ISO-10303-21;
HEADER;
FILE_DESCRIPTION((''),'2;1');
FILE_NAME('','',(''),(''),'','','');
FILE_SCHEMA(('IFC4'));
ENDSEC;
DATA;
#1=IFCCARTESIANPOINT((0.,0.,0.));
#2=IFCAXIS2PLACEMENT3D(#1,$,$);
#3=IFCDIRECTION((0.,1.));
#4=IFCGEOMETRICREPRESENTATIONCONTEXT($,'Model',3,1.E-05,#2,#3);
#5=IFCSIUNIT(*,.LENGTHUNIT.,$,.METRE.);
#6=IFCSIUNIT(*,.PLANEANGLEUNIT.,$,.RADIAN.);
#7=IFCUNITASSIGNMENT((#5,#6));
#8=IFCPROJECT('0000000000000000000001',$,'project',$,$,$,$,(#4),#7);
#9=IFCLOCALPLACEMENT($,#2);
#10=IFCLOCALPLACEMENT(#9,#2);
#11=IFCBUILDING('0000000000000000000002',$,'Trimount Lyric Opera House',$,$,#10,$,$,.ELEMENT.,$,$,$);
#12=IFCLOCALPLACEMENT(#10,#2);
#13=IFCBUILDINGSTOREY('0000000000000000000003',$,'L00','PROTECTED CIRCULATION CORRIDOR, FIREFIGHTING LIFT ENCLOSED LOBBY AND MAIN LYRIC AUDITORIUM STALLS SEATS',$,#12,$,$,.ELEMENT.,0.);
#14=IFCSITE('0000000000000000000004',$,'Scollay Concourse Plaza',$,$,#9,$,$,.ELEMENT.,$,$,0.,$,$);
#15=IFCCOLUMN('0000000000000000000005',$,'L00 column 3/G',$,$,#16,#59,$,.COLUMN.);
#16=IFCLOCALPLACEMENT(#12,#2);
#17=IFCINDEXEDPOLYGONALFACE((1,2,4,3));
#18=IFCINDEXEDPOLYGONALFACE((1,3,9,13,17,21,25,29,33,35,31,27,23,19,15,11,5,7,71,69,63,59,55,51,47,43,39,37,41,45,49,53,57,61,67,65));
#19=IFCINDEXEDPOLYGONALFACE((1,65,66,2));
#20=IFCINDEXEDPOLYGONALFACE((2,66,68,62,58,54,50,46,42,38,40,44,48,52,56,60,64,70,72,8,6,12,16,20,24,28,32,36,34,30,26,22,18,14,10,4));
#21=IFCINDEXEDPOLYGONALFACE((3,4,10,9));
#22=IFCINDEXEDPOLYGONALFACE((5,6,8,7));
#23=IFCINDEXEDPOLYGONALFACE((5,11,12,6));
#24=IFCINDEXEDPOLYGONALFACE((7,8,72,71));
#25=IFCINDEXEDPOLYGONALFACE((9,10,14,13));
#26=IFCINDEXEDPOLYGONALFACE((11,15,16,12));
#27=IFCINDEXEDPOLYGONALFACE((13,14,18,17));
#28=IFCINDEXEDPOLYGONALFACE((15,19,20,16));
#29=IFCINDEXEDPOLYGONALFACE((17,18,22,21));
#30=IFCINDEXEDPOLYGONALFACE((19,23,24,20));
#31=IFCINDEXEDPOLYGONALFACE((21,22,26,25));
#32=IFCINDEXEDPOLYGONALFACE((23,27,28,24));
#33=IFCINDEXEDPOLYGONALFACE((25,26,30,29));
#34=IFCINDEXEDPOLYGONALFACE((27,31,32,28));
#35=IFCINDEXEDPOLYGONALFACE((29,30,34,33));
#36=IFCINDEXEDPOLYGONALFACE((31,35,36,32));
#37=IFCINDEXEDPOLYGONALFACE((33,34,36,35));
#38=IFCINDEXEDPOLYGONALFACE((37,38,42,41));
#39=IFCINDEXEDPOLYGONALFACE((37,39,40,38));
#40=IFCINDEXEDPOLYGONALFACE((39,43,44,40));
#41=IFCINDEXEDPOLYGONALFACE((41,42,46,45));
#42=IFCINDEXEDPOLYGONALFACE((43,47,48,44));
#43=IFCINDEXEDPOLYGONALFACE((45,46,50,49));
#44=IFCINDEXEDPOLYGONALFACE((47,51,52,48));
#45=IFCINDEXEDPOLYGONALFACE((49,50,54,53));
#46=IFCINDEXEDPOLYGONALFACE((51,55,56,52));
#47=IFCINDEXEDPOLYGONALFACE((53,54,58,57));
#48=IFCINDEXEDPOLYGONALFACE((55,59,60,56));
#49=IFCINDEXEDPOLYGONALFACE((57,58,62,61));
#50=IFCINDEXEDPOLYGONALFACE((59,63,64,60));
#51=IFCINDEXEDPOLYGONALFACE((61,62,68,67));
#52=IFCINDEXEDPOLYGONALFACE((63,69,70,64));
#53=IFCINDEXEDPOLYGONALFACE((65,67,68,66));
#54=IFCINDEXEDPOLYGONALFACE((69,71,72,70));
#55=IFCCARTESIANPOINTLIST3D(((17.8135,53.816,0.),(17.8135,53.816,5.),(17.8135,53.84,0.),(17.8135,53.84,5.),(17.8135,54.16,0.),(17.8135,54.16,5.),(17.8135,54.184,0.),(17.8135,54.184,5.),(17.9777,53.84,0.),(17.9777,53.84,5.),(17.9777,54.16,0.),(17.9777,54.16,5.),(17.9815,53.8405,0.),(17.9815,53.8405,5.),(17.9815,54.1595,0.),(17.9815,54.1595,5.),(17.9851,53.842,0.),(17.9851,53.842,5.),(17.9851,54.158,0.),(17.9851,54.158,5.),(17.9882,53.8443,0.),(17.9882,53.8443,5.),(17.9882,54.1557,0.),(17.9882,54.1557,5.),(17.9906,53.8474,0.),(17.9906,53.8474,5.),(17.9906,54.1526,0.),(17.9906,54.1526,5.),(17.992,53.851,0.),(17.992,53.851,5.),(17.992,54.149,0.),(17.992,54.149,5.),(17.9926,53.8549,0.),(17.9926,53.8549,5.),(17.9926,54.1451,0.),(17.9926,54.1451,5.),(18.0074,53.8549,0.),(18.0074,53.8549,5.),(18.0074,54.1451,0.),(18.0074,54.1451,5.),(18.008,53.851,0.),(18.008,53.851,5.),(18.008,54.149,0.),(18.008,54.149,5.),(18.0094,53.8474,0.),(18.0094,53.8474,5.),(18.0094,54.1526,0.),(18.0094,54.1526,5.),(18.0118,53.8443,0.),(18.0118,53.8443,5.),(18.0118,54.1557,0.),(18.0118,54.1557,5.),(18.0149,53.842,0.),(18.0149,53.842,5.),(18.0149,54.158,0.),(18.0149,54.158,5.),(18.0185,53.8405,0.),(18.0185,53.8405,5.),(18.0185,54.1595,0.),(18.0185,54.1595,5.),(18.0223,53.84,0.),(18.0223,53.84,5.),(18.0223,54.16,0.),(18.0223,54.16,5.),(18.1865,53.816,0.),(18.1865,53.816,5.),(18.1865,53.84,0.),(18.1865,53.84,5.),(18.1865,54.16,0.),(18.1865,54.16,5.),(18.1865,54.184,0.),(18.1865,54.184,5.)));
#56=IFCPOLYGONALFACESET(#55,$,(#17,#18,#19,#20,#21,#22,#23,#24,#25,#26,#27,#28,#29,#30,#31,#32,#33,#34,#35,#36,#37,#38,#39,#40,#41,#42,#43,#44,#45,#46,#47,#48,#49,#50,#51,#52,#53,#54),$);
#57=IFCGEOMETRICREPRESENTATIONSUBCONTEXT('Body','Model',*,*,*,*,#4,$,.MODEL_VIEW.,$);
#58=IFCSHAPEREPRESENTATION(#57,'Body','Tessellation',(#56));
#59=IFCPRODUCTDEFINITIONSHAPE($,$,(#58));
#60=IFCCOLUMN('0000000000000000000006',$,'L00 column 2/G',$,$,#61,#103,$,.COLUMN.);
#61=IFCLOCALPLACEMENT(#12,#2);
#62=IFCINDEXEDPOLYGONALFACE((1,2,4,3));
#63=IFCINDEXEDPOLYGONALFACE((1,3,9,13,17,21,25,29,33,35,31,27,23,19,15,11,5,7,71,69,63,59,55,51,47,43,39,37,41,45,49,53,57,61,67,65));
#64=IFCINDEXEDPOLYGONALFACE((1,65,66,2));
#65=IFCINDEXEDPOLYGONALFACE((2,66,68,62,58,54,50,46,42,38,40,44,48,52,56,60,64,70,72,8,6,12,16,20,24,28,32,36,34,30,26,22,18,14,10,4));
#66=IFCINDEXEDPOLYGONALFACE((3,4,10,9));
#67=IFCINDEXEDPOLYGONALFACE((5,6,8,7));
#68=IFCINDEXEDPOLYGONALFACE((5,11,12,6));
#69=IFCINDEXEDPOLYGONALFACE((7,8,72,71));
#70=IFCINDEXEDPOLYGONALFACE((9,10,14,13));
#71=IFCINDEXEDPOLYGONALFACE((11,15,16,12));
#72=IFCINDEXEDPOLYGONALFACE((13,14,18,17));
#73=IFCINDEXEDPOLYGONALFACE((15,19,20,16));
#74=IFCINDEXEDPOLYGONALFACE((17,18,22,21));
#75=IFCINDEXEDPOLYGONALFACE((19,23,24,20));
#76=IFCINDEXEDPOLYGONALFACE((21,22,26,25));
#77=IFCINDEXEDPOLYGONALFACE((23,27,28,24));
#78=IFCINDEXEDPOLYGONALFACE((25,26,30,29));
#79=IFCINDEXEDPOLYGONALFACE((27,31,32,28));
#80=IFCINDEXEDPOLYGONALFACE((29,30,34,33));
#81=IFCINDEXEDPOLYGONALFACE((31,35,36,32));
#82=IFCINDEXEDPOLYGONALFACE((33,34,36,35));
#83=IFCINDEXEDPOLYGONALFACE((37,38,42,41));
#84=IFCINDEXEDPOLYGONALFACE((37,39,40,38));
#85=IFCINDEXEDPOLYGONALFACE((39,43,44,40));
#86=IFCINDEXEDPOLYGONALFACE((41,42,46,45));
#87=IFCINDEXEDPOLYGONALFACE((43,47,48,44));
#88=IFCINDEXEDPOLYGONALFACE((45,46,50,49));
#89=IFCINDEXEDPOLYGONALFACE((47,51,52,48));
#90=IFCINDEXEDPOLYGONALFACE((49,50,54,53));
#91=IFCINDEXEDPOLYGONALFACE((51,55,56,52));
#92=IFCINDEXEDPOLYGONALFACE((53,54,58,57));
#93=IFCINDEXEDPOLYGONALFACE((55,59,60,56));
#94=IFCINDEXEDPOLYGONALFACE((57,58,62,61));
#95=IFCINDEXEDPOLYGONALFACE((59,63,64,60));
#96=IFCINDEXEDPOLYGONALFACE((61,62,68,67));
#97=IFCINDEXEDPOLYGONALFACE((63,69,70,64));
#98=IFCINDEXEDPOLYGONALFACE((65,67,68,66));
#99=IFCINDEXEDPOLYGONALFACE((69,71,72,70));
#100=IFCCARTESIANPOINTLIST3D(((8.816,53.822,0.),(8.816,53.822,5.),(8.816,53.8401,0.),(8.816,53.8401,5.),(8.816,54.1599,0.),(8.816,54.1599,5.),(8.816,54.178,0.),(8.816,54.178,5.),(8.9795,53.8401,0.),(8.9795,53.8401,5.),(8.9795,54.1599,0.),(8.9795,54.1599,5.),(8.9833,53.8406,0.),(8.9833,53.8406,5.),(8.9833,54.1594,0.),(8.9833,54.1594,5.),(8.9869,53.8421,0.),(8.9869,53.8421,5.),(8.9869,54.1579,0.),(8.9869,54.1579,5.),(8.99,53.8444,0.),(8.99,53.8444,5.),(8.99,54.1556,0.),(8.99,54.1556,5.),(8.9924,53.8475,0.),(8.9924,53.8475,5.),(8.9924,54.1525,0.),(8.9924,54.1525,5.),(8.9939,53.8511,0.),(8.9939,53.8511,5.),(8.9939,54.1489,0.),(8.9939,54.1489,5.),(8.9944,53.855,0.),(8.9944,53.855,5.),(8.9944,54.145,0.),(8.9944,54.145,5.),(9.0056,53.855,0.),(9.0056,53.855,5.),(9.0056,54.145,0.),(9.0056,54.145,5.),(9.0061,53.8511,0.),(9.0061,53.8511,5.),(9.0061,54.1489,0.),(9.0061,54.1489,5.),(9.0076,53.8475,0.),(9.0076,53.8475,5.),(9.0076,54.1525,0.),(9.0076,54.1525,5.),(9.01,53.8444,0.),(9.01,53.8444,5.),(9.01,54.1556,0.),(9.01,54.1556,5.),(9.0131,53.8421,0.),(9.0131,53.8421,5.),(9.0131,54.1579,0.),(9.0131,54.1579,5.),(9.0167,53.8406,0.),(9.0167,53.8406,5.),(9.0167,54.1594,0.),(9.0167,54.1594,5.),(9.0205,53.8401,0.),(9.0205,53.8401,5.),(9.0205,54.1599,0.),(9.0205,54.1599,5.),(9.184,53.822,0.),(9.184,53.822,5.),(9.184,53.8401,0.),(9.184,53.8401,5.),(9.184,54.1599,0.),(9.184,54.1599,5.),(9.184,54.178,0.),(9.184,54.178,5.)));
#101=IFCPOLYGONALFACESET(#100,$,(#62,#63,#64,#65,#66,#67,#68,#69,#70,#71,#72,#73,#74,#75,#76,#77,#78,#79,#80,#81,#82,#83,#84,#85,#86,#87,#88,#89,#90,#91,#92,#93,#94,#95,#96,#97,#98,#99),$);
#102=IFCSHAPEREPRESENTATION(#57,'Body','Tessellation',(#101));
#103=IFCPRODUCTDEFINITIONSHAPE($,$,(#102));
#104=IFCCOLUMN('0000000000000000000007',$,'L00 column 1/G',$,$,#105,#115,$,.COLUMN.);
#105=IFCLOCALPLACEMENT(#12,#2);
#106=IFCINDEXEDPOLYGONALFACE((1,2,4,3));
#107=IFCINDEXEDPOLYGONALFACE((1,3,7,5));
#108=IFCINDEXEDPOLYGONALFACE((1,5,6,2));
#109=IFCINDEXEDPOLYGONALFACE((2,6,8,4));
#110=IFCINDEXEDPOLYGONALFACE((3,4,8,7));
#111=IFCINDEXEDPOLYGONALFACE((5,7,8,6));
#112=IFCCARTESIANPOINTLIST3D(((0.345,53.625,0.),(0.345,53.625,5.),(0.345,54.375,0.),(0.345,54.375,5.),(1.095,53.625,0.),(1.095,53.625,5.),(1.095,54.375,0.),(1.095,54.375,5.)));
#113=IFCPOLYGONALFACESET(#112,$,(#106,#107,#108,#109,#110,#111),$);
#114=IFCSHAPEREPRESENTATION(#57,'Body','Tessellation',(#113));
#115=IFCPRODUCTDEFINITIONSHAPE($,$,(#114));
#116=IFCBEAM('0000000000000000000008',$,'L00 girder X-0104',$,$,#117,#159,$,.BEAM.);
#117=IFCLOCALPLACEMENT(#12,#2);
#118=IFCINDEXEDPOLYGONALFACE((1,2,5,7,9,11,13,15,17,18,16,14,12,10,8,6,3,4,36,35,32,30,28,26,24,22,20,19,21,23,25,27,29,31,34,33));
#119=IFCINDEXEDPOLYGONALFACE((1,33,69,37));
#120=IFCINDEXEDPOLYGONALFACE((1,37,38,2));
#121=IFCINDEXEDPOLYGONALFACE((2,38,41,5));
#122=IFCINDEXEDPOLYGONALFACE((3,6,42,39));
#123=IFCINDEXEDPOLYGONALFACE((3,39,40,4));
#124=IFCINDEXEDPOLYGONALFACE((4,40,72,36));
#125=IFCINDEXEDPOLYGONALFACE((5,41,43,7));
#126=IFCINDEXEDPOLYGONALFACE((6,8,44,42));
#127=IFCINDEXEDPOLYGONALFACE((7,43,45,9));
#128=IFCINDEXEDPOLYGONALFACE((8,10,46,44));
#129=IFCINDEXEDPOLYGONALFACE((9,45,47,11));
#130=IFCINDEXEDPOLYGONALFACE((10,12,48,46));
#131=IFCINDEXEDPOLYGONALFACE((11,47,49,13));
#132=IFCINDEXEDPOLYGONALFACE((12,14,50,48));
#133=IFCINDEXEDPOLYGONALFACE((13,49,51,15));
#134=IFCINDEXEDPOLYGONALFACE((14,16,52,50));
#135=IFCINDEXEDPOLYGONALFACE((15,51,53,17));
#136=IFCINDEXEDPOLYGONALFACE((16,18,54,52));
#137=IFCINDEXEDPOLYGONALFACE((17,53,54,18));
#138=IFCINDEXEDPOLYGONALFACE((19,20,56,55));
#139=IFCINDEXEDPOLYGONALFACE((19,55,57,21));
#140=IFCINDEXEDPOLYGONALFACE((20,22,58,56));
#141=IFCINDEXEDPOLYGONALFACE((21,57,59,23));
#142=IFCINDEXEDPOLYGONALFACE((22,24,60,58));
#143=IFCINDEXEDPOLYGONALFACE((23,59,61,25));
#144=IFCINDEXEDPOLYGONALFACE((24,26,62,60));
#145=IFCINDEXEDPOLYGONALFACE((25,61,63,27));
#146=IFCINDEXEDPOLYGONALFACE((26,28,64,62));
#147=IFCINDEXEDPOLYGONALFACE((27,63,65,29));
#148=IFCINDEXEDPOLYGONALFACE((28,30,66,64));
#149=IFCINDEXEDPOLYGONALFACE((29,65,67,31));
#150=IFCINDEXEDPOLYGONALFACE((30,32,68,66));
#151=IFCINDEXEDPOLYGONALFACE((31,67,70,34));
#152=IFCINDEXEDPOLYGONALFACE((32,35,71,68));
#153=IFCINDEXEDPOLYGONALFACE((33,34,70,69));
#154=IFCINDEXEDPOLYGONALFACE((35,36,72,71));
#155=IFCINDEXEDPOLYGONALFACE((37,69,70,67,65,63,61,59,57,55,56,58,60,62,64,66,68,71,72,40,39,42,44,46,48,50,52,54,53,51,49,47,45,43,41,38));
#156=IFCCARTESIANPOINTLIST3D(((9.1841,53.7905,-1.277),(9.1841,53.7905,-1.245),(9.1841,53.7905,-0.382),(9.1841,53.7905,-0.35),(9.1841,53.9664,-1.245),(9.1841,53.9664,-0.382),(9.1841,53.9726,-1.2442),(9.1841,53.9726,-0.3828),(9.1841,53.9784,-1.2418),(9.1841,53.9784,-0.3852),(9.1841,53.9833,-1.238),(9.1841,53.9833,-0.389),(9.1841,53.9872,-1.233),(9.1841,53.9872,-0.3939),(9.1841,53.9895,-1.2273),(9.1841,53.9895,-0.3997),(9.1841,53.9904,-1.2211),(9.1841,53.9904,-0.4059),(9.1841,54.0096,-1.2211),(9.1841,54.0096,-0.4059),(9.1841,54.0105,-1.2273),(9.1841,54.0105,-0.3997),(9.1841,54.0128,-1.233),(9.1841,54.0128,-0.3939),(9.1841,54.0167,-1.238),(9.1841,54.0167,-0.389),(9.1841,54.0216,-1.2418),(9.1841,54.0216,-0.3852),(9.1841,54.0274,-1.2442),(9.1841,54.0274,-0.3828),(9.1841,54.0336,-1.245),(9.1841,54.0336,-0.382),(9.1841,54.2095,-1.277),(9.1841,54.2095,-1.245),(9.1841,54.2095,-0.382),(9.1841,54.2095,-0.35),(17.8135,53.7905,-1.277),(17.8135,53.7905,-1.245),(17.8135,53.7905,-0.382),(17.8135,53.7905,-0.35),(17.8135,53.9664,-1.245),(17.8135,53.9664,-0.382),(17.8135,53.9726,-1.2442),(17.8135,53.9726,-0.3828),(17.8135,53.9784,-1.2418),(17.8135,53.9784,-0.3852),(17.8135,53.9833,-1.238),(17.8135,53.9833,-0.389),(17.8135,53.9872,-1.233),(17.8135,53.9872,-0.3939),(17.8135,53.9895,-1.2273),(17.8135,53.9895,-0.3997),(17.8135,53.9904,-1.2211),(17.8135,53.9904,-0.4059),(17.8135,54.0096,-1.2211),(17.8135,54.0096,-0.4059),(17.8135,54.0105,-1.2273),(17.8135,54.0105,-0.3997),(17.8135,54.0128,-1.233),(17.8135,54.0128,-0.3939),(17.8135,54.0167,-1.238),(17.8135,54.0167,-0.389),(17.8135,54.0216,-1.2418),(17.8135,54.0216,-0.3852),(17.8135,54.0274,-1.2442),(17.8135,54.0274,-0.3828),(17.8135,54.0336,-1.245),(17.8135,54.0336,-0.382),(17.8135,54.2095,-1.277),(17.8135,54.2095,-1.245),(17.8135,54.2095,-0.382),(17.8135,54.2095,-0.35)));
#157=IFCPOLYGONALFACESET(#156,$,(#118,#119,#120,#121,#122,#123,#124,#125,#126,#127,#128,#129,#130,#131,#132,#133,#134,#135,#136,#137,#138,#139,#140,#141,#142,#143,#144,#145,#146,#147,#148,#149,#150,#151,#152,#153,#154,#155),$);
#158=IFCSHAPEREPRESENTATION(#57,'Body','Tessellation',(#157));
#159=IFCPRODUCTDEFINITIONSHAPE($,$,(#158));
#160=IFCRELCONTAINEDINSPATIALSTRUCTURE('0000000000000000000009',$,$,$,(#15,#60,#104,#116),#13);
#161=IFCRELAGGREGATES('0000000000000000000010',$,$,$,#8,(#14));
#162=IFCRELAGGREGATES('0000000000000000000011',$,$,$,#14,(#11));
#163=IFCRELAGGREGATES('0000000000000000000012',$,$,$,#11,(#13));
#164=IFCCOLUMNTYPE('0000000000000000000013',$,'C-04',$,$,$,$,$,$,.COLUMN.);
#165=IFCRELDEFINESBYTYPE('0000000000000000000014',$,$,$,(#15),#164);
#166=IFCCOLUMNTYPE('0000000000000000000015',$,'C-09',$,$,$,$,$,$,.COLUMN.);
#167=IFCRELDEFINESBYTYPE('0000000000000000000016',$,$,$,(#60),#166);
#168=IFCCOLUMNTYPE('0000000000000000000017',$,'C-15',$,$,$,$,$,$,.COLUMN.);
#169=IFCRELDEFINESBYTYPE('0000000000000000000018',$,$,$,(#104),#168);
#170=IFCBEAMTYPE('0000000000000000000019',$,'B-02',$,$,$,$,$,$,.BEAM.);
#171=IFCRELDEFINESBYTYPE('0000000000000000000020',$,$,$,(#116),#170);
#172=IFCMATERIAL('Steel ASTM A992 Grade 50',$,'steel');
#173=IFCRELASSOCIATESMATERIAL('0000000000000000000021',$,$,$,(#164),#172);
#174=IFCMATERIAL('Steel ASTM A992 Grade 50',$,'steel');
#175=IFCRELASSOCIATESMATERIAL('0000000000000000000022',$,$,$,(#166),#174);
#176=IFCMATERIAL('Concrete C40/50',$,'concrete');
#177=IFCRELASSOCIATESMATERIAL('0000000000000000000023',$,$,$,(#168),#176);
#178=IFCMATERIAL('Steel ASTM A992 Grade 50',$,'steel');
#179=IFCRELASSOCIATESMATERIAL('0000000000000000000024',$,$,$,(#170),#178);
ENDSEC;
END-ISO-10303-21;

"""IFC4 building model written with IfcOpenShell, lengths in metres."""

from ifc_helpers import new_model, si_unit, direction, frame, origin, origin_2d, place, context, subcontext, project, spatial, rectangle, i_section, extrude, material, material_profile, profile_set, type_object, element, save


model = new_model("IFC4")

# Units and contexts
model_context = context("Model", 3, precision=1e-05, world=origin(), true_north=direction((0.0, 1.0)))
body_context = subcontext(model_context, "Body", "Model", "MODEL_VIEW")
ifc_project = project(units=[si_unit("LENGTHUNIT", "METRE"), si_unit("PLANEANGLEUNIT", "RADIAN")], contexts=[model_context])

# Site, building, storey
site_placement = place(None, origin())
site = spatial("IfcSite", under=ifc_project, at=site_placement, Name="Scollay Concourse Plaza", CompositionType="ELEMENT", RefElevation=0.0)
building_placement = place(site_placement, origin())
building = spatial("IfcBuilding", under=site, at=building_placement, Name="Trimount Lyric Opera House", CompositionType="ELEMENT")
storey_placement = place(building_placement, origin())
storey = spatial("IfcBuildingStorey", under=building, at=storey_placement, Name="L00", Description="PROTECTED CIRCULATION CORRIDOR, FIREFIGHTING LIFT ENCLOSED LOBBY AND MAIN LYRIC AUDITORIUM STALLS SEATS", CompositionType="ELEMENT", Elevation=0.0)

# Columns
ifc_material_1 = material(Name="Steel ASTM A992 Grade 50", Category="steel")
ifc_material_profile_1 = material_profile(ifc_material_1, i_section(OverallWidth=0.373, OverallDepth=0.3679, WebThickness=0.0149, FlangeThickness=0.0239, FilletRadius=0.0149, at=origin_2d()), Name="W14X120")
ifc_profile_set_1 = profile_set([ifc_material_profile_1], Name="Steel ASTM A992 Grade 50")
column_type_1 = type_object("IfcColumnType", Name="C-04", PredefinedType="COLUMN", material=ifc_profile_set_1)
column_1_placement = place(storey_placement, frame((18.0, 54.0, 0.0), z_axis=(0.0, 0.0, 1.0), x_axis=(1.0, 0.0, 0.0)))
element("IfcColumn", 1, at=column_1_placement, inside=storey, type_object=column_type_1, Name="L00 column 3/G", PredefinedType="COLUMN", context=body_context, shape_type="SweptSolid", body=[
    extrude(i_section(OverallWidth=0.373, OverallDepth=0.3679, WebThickness=0.0149, FlangeThickness=0.0239, FilletRadius=0.0149, at=origin_2d()), origin(), (0.0, 0.0, 1.0), 5.0),
])
ifc_material_2 = material(Name="Steel ASTM A992 Grade 50", Category="steel")
ifc_material_profile_2 = material_profile(ifc_material_2, i_section(OverallWidth=0.3679, OverallDepth=0.356, WebThickness=0.0112, FlangeThickness=0.0181, FilletRadius=0.0149, at=origin_2d()), Name="W14X90")
ifc_profile_set_2 = profile_set([ifc_material_profile_2], Name="Steel ASTM A992 Grade 50")
column_type_2 = type_object("IfcColumnType", Name="C-09", PredefinedType="COLUMN", material=ifc_profile_set_2)
column_2_placement = place(storey_placement, frame((9.0, 54.0, 0.0), z_axis=(0.0, 0.0, 1.0), x_axis=(1.0, 0.0, 0.0)))
element("IfcColumn", 2, at=column_2_placement, inside=storey, type_object=column_type_2, Name="L00 column 2/G", PredefinedType="COLUMN", context=body_context, shape_type="SweptSolid", body=[
    extrude(i_section(OverallWidth=0.3679, OverallDepth=0.356, WebThickness=0.0112, FlangeThickness=0.0181, FilletRadius=0.0149, at=origin_2d()), origin(), (0.0, 0.0, 1.0), 5.0),
])
ifc_material_3 = material(Name="Concrete C40/50", Category="concrete")
ifc_material_profile_3 = material_profile(ifc_material_3, rectangle(XDim=0.75, YDim=0.75, at=origin_2d()), Name="RC750X750")
ifc_profile_set_3 = profile_set([ifc_material_profile_3], Name="Concrete C40/50")
column_type_3 = type_object("IfcColumnType", Name="C-15", PredefinedType="COLUMN", material=ifc_profile_set_3)
column_3_placement = place(storey_placement, frame((0.72, 54.0, 0.0), z_axis=(0.0, 0.0, 1.0), x_axis=(1.0, 0.0, 0.0)))
element("IfcColumn", 3, at=column_3_placement, inside=storey, type_object=column_type_3, Name="L00 column 1/G", PredefinedType="COLUMN", context=body_context, shape_type="SweptSolid", body=[
    extrude(rectangle(XDim=0.75, YDim=0.75, at=origin_2d()), origin(), (0.0, 0.0, 1.0), 5.0),
])

# Beam
ifc_material_4 = material(Name="Steel ASTM A992 Grade 50", Category="steel")
ifc_material_profile_4 = material_profile(ifc_material_4, i_section(OverallWidth=0.4189, OverallDepth=0.927, WebThickness=0.0193, FlangeThickness=0.032, FilletRadius=0.0239, at=origin_2d()), Name="W36X231")
ifc_profile_set_4 = profile_set([ifc_material_profile_4], Name="Steel ASTM A992 Grade 50")
beam_type_1 = type_object("IfcBeamType", Name="B-02", PredefinedType="BEAM", material=ifc_profile_set_4)
beam_1_placement = place(storey_placement, frame((9.1841, 54.0, -0.8135), z_axis=(1.0, 0.0, 0.0), x_axis=(0.0, 1.0, 0.0)))
element("IfcBeam", 4, at=beam_1_placement, inside=storey, type_object=beam_type_1, Name="L00 girder X-0104", PredefinedType="BEAM", context=body_context, shape_type="SweptSolid", body=[
    extrude(i_section(OverallWidth=0.4189, OverallDepth=0.927, WebThickness=0.0193, FlangeThickness=0.032, FilletRadius=0.0239, at=origin_2d()), origin(), (0.0, 0.0, 1.0), 8.6294),
])

save(model, "model.ifc")
